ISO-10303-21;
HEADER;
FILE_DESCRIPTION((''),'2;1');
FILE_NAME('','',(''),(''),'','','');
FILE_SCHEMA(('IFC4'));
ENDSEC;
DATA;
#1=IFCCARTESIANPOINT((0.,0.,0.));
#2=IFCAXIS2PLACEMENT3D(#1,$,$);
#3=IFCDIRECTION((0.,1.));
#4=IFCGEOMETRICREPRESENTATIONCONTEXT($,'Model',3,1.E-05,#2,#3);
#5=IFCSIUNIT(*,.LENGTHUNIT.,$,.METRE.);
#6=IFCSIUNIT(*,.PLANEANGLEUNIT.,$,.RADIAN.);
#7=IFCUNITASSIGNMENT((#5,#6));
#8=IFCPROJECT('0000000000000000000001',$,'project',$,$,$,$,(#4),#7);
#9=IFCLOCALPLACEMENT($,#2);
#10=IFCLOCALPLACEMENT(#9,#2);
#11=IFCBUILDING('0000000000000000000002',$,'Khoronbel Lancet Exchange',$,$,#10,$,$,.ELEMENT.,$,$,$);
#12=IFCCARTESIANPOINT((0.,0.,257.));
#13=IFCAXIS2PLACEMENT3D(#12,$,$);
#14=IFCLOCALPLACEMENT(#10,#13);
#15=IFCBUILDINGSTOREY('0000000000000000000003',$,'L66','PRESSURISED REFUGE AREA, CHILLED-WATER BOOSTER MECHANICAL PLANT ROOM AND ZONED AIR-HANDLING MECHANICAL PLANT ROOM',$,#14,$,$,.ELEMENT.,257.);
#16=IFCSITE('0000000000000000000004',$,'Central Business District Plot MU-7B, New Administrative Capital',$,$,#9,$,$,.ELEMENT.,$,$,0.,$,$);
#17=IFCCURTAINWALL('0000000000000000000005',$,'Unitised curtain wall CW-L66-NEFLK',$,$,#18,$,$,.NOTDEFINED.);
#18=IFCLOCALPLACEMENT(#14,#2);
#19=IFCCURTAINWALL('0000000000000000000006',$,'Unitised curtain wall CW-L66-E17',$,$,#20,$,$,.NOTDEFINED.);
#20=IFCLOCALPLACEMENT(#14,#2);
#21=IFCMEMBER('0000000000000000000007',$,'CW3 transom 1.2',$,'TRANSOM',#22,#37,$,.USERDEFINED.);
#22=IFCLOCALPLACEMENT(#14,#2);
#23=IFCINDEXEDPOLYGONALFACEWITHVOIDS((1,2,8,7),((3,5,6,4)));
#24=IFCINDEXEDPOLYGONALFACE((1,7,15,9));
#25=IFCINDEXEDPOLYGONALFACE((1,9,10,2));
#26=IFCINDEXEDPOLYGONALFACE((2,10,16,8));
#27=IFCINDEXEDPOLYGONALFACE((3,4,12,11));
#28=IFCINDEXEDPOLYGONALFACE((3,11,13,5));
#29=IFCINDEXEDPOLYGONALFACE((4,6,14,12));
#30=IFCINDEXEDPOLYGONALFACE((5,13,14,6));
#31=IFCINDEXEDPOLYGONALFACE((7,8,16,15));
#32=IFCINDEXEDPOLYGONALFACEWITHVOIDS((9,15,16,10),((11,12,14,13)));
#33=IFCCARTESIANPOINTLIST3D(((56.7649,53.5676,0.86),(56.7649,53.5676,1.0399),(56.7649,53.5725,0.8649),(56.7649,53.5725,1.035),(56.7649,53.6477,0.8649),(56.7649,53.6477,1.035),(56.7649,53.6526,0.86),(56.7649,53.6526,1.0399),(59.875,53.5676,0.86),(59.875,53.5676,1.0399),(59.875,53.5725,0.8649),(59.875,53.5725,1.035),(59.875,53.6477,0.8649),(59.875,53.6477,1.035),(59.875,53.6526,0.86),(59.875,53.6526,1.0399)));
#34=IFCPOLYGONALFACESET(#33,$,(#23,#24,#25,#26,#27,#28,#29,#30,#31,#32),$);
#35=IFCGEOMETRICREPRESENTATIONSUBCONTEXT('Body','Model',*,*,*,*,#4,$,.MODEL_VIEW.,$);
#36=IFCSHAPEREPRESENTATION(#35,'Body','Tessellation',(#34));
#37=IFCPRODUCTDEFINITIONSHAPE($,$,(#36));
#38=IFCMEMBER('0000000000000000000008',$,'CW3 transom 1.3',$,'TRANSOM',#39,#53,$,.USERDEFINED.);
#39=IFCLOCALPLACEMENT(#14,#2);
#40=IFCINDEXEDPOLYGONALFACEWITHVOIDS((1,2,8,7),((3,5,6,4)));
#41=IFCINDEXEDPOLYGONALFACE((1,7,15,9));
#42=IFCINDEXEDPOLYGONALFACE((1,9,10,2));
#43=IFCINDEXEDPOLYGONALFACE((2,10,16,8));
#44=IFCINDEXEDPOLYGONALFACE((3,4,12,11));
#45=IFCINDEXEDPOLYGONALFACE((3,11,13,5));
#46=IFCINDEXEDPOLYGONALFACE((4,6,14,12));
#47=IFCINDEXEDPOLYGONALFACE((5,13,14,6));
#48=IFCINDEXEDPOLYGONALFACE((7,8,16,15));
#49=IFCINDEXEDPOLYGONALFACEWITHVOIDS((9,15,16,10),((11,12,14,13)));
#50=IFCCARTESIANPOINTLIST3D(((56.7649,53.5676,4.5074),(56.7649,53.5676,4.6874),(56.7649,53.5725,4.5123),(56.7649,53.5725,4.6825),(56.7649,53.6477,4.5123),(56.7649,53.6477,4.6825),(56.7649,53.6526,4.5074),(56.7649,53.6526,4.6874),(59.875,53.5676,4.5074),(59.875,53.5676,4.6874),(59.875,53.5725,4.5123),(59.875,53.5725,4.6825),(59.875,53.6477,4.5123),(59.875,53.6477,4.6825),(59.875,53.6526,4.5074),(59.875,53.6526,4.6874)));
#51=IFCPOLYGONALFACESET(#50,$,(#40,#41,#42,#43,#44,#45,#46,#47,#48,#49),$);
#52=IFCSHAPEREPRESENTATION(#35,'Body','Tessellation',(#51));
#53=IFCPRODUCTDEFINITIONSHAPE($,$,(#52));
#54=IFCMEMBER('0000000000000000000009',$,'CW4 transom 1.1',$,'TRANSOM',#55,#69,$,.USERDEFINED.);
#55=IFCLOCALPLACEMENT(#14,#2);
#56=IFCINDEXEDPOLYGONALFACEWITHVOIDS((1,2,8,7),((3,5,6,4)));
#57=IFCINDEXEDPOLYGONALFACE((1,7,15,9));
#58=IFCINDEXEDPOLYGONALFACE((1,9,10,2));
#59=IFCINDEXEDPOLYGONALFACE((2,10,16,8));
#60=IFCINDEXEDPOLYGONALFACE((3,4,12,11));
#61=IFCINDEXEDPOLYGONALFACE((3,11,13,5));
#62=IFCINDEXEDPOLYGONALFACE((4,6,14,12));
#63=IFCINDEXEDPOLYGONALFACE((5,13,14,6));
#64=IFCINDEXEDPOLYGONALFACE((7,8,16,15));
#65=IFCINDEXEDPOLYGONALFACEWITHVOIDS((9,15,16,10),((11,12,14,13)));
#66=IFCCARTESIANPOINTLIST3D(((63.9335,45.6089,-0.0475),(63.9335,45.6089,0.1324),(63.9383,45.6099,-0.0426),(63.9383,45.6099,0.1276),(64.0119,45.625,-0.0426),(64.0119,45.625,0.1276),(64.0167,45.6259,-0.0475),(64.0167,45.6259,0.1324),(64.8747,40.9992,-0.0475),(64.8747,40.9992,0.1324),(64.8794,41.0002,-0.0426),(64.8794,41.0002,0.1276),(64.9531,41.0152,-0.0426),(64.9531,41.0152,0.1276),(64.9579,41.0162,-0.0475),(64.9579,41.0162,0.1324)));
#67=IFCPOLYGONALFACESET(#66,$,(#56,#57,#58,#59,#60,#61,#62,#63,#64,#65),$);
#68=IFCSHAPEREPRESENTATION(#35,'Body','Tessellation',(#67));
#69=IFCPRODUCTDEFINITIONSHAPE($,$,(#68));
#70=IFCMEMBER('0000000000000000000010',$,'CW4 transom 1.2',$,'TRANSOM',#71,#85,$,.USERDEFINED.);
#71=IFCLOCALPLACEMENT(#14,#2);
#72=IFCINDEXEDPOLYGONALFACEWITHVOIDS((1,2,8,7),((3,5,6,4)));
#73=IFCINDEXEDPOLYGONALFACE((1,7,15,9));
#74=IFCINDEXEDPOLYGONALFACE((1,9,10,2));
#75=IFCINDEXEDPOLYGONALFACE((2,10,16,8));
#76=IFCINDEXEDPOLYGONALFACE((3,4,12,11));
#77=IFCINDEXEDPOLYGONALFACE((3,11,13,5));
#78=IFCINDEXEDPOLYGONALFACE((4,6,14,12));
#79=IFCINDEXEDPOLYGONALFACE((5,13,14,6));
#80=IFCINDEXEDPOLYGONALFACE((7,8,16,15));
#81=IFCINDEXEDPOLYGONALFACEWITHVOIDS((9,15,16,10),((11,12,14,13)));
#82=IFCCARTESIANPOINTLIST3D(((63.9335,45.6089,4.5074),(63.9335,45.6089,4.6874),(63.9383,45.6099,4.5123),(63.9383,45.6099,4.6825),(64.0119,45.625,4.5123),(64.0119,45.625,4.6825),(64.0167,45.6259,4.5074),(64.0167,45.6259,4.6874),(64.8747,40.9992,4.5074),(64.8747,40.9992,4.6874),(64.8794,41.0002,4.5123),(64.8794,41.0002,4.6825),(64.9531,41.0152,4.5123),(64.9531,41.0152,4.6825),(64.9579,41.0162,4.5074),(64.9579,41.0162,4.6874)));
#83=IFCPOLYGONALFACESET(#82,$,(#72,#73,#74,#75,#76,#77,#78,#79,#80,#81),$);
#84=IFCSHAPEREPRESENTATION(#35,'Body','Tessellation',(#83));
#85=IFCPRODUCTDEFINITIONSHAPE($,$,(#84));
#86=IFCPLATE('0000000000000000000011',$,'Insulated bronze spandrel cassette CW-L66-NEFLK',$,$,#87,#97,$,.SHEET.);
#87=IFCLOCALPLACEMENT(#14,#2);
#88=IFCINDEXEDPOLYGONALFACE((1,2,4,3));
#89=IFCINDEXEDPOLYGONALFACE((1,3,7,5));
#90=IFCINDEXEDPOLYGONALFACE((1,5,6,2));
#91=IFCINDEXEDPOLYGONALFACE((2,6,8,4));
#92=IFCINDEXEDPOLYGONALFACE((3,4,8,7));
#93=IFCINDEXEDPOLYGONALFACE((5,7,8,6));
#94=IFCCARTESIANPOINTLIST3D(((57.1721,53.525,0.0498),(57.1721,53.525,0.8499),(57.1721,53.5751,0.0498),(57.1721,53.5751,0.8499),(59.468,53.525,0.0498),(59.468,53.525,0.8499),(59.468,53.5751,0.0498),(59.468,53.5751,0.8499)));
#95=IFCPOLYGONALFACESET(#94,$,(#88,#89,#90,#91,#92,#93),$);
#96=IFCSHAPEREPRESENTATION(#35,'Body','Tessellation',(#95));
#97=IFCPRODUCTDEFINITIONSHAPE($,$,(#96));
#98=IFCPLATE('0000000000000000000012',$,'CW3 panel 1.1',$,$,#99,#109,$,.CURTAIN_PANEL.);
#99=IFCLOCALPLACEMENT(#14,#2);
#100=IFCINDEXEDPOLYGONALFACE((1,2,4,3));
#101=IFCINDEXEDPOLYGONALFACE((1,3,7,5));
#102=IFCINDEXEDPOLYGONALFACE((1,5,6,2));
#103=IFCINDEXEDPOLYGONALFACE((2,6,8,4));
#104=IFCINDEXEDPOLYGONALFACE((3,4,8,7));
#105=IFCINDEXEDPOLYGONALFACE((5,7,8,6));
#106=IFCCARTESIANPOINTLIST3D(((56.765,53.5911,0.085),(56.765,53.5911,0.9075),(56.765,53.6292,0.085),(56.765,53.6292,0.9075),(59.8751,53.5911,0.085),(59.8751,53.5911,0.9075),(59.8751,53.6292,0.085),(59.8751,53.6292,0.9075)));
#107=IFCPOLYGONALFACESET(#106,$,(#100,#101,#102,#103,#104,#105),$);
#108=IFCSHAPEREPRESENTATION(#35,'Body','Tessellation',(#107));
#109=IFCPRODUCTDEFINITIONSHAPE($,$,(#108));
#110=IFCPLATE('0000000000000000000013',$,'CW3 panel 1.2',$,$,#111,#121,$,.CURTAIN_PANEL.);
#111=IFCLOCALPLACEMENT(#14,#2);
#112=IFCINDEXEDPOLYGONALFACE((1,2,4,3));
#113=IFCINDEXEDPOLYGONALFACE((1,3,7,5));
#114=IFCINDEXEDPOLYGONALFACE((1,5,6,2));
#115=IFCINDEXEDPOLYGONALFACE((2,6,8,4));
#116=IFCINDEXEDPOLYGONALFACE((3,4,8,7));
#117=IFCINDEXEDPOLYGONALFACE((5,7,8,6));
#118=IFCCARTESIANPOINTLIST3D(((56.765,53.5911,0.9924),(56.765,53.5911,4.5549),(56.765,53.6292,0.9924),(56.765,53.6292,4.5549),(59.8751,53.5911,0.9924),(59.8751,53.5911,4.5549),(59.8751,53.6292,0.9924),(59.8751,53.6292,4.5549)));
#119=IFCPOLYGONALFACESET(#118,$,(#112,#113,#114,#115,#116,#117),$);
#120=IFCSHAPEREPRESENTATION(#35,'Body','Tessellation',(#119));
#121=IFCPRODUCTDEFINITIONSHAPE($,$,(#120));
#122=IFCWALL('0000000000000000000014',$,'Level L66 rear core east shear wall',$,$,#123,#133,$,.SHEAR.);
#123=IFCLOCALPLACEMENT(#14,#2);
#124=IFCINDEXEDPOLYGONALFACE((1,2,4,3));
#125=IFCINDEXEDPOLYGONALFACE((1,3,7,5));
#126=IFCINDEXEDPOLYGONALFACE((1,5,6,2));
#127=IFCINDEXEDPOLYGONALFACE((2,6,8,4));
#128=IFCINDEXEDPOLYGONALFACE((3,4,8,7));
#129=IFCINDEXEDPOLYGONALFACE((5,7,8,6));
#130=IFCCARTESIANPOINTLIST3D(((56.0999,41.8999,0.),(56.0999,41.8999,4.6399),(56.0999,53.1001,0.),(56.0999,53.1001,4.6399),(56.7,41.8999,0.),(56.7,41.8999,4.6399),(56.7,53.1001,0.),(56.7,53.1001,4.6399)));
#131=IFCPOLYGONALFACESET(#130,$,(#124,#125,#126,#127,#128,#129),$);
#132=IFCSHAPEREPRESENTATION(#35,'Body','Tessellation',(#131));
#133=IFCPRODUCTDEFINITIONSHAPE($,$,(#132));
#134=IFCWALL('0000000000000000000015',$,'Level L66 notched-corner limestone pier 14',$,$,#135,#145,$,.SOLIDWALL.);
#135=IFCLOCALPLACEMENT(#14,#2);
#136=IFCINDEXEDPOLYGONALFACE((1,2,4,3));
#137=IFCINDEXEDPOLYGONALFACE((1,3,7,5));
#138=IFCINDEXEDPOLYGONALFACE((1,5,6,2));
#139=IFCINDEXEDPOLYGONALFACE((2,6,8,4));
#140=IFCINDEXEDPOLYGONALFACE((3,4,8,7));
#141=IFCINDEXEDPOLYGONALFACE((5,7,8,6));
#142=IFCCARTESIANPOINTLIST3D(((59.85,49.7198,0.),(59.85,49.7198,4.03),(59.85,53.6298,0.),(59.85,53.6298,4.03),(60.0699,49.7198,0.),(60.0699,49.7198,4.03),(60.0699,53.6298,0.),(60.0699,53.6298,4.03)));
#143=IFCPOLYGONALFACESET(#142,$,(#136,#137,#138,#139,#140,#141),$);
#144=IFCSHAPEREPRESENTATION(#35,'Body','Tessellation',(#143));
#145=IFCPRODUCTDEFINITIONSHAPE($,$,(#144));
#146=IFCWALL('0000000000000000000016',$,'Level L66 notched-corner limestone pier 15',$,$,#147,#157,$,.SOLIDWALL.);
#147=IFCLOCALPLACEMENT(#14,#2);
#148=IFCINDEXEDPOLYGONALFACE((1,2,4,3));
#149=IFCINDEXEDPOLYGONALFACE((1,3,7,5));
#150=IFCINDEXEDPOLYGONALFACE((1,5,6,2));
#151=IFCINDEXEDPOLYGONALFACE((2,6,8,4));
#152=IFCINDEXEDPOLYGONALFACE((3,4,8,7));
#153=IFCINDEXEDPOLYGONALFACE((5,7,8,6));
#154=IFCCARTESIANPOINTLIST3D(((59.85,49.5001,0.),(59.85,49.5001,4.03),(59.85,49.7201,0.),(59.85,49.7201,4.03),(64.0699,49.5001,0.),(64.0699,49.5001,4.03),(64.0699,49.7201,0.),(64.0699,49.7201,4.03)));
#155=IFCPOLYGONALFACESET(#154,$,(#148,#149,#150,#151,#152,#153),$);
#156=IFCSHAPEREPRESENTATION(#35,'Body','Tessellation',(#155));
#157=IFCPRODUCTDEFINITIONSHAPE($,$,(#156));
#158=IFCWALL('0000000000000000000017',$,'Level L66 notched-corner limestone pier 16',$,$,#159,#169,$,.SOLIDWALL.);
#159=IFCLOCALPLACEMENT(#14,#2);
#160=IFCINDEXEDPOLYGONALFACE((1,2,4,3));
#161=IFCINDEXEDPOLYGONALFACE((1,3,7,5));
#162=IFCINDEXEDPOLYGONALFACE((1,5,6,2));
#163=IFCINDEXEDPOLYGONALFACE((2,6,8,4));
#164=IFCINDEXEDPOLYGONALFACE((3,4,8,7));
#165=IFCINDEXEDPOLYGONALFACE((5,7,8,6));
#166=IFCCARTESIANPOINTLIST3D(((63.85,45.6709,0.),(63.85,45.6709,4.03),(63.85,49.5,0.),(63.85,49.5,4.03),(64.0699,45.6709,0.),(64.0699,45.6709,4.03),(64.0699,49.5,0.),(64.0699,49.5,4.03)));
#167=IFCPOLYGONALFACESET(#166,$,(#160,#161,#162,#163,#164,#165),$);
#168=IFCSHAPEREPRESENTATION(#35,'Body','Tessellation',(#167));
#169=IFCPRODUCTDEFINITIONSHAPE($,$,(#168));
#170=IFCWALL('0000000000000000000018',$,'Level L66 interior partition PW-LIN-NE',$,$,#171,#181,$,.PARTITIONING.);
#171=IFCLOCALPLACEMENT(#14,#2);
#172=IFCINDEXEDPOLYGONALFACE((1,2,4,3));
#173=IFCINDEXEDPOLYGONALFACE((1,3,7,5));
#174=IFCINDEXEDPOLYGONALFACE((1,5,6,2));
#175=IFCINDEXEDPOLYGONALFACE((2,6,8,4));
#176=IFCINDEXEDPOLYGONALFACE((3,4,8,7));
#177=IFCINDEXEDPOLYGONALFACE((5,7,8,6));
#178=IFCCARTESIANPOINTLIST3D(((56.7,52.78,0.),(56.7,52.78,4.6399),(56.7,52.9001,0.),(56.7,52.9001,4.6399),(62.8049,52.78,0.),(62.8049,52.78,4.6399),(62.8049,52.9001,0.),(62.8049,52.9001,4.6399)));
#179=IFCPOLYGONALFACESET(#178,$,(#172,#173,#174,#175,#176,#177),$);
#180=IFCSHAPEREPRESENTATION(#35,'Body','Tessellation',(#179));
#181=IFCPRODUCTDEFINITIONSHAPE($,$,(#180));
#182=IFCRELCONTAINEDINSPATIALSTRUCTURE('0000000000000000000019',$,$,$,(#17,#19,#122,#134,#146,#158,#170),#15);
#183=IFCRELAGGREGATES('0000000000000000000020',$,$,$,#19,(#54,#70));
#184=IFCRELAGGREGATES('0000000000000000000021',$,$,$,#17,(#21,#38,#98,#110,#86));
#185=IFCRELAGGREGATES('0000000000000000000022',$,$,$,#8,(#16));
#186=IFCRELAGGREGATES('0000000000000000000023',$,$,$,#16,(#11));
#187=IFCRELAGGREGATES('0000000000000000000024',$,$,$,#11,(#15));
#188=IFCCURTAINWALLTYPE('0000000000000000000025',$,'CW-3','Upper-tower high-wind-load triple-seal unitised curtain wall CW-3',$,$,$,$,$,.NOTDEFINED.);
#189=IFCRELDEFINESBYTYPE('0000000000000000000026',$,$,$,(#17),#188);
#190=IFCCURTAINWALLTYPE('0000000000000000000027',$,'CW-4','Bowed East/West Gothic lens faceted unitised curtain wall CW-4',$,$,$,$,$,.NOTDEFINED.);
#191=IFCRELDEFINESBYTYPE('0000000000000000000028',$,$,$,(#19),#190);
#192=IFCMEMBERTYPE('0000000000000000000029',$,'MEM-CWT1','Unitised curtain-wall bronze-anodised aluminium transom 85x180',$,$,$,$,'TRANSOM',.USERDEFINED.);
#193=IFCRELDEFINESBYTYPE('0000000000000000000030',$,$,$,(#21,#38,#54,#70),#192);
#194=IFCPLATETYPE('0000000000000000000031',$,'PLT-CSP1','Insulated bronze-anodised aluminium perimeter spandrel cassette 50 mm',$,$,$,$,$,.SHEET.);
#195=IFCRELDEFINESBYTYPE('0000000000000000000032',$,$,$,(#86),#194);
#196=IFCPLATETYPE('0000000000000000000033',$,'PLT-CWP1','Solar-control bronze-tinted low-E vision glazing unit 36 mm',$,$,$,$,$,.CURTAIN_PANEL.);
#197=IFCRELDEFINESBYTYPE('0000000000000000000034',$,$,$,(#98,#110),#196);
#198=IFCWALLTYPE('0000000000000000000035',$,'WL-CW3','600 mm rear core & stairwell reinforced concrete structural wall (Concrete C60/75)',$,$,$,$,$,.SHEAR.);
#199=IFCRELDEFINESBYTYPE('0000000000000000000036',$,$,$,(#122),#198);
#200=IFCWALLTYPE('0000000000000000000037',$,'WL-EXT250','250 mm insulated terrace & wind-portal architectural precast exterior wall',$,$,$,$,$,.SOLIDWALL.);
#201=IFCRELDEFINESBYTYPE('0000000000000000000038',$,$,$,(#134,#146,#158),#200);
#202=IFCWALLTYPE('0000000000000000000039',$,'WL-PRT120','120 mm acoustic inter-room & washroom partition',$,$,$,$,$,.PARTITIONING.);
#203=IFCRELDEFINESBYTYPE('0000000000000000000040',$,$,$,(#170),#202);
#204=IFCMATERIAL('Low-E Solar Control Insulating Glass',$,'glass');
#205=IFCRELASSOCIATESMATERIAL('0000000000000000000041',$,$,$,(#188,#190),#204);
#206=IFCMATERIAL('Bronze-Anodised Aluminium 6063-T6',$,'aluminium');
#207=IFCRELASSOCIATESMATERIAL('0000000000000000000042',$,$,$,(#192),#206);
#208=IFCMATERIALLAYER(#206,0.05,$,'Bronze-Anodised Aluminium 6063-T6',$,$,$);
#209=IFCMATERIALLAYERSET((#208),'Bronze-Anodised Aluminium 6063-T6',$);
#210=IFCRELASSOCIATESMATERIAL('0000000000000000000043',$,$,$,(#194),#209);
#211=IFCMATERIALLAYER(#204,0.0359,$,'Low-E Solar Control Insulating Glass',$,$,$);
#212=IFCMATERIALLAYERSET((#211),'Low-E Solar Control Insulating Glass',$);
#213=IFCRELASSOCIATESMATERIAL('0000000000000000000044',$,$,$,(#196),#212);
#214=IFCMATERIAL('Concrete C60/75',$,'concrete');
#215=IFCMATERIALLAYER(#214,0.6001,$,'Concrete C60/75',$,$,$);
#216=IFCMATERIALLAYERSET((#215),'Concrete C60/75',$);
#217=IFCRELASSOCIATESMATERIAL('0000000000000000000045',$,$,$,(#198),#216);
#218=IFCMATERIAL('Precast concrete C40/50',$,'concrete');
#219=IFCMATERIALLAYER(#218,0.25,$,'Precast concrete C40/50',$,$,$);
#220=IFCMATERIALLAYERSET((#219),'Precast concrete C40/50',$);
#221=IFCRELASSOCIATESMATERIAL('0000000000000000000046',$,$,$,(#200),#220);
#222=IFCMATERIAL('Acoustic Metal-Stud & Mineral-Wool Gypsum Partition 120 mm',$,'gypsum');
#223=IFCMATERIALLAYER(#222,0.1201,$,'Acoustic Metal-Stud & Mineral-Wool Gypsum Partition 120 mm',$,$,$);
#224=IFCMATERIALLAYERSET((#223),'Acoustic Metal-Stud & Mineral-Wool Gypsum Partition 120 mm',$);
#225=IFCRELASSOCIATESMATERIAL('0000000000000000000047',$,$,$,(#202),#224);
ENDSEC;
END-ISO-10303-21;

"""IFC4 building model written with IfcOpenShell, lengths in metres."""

from ifc_helpers import new_model, si_unit, direction, frame, frame_2d, origin, origin_2d, place, context, subcontext, project, spatial, rectangle, hollow_rectangle, extrude, material, layer, layer_set, material_profile, profile_set, type_object, element, aggregate, save


model = new_model("IFC4")

# Units and contexts
model_context = context("Model", 3, precision=1e-05, world=origin(), true_north=direction((0.0, 1.0)))
body_context = subcontext(model_context, "Body", "Model", "MODEL_VIEW")
ifc_project = project(units=[si_unit("LENGTHUNIT", "METRE"), si_unit("PLANEANGLEUNIT", "RADIAN")], contexts=[model_context])

# Site, building, storey
site_placement = place(None, origin())
site = spatial("IfcSite", under=ifc_project, at=site_placement, Name="Central Business District Plot MU-7B, New Administrative Capital", CompositionType="ELEMENT", RefElevation=0.0)
building_placement = place(site_placement, origin())
building = spatial("IfcBuilding", under=site, at=building_placement, Name="Khoronbel Lancet Exchange", CompositionType="ELEMENT")
storey_placement = place(building_placement, frame((0.0, 0.0, 257.0)))
storey = spatial("IfcBuildingStorey", under=building, at=storey_placement, Name="L66", Description="PRESSURISED REFUGE AREA, CHILLED-WATER BOOSTER MECHANICAL PLANT ROOM AND ZONED AIR-HANDLING MECHANICAL PLANT ROOM", CompositionType="ELEMENT", Elevation=257.0)

# Curtain wall
ifc_material_1 = material(Name="Low-E Solar Control Insulating Glass", Category="glass")
curtain_wall_type_1 = type_object("IfcCurtainWallType", Name="CW-3", Description="Upper-tower high-wind-load triple-seal unitised curtain wall CW-3", PredefinedType="NOTDEFINED", material=ifc_material_1)
curtain_wall_1_placement = place(storey_placement, origin())
curtain_wall_1 = element("IfcCurtainWall", 1, at=curtain_wall_1_placement, inside=storey, type_object=curtain_wall_type_1, Name="Unitised curtain wall CW-L66-NEFLK", PredefinedType="NOTDEFINED")
ifc_material_2 = material(Name="Bronze-Anodised Aluminium 6063-T6", Category="aluminium")

# Curtain wall
curtain_wall_type_2 = type_object("IfcCurtainWallType", Name="CW-4", Description="Bowed East/West Gothic lens faceted unitised curtain wall CW-4", PredefinedType="NOTDEFINED", material=ifc_material_1)
curtain_wall_2_placement = place(storey_placement, origin())
curtain_wall_2 = element("IfcCurtainWall", 2, at=curtain_wall_2_placement, inside=storey, type_object=curtain_wall_type_2, Name="Unitised curtain wall CW-L66-E17", PredefinedType="NOTDEFINED")

# Members
ifc_material_profile_1 = material_profile(ifc_material_2, hollow_rectangle(XDim=0.085, YDim=0.1799, WallThickness=0.0049, at=origin_2d()), Name="ALU TRANSOM 85x180")
ifc_profile_set_1 = profile_set([ifc_material_profile_1], Name="Bronze-Anodised Aluminium 6063-T6")
member_type_1 = type_object("IfcMemberType", Name="MEM-CWT1", Description="Unitised curtain-wall bronze-anodised aluminium transom 85x180", ElementType="TRANSOM", PredefinedType="USERDEFINED", material=ifc_profile_set_1)
member_1_placement = place(storey_placement, frame((59.875, 53.6101, 0.95), z_axis=(-1.0, 0.0, 0.0), x_axis=(0.0, -1.0, 0.0)))
member_1 = element("IfcMember", 3, at=member_1_placement, type_object=member_type_1, Name="CW3 transom 1.2", ObjectType="TRANSOM", PredefinedType="USERDEFINED", context=body_context, shape_type="SweptSolid", body=[
    extrude(hollow_rectangle(XDim=0.085, YDim=0.1799, WallThickness=0.0049, at=origin_2d()), origin(), (0.0, 0.0, 1.0), 3.1101),
])
member_2_placement = place(storey_placement, frame((59.875, 53.6101, 4.5974), z_axis=(-1.0, 0.0, 0.0), x_axis=(0.0, -1.0, 0.0)))
member_2 = element("IfcMember", 4, at=member_2_placement, type_object=member_type_1, Name="CW3 transom 1.3", ObjectType="TRANSOM", PredefinedType="USERDEFINED", context=body_context, shape_type="SweptSolid", body=[
    extrude(hollow_rectangle(XDim=0.085, YDim=0.1799, WallThickness=0.0049, at=origin_2d()), origin(), (0.0, 0.0, 1.0), 3.1101),
])
member_3_placement = place(storey_placement, frame((63.9751, 45.6174, 0.0425), z_axis=(0.200046, -0.979786, 0.0), x_axis=(0.979786, 0.200046, 0.0)))
member_3 = element("IfcMember", 5, at=member_3_placement, type_object=member_type_1, Name="CW4 transom 1.1", ObjectType="TRANSOM", PredefinedType="USERDEFINED", context=body_context, shape_type="SweptSolid", body=[
    extrude(hollow_rectangle(XDim=0.085, YDim=0.1799, WallThickness=0.0049, at=origin_2d()), origin(), (0.0, 0.0, 1.0), 4.7048),
])
member_4_placement = place(storey_placement, frame((63.9751, 45.6174, 4.5974), z_axis=(0.200046, -0.979786, 0.0), x_axis=(0.979786, 0.200046, 0.0)))
member_4 = element("IfcMember", 6, at=member_4_placement, type_object=member_type_1, Name="CW4 transom 1.2", ObjectType="TRANSOM", PredefinedType="USERDEFINED", context=body_context, shape_type="SweptSolid", body=[
    extrude(hollow_rectangle(XDim=0.085, YDim=0.1799, WallThickness=0.0049, at=origin_2d()), origin(), (0.0, 0.0, 1.0), 4.7048),
])
aggregate(curtain_wall_2, [member_3, member_4])

# Plates
ifc_layer_1 = layer(ifc_material_2, 0.05, Name="Bronze-Anodised Aluminium 6063-T6")
ifc_layer_set_1 = layer_set([ifc_layer_1], Name="Bronze-Anodised Aluminium 6063-T6")
plate_type_1 = type_object("IfcPlateType", Name="PLT-CSP1", Description="Insulated bronze-anodised aluminium perimeter spandrel cassette 50 mm", PredefinedType="SHEET", material=ifc_layer_set_1)
plate_1_placement = place(storey_placement, frame((58.3201, 53.55, 0.0498), z_axis=(0.0, 0.0, 1.0), x_axis=(-1.0, 0.0, 0.0)))
plate_1 = element("IfcPlate", 7, at=plate_1_placement, type_object=plate_type_1, Name="Insulated bronze spandrel cassette CW-L66-NEFLK", PredefinedType="SHEET", context=body_context, shape_type="SweptSolid", body=[
    extrude(rectangle(XDim=2.2959, YDim=0.05, at=origin_2d()), origin(), (0.0, 0.0, 1.0), 0.8),
])
ifc_layer_2 = layer(ifc_material_1, 0.0359, Name="Low-E Solar Control Insulating Glass")
ifc_layer_set_2 = layer_set([ifc_layer_2], Name="Low-E Solar Control Insulating Glass")
plate_type_2 = type_object("IfcPlateType", Name="PLT-CWP1", Description="Solar-control bronze-tinted low-E vision glazing unit 36 mm", PredefinedType="CURTAIN_PANEL", material=ifc_layer_set_2)
plate_2_placement = place(storey_placement, frame((58.3201, 53.6101, 0.085), z_axis=(0.0, 0.0, 1.0), x_axis=(-1.0, 0.0, 0.0)))
plate_2 = element("IfcPlate", 8, at=plate_2_placement, type_object=plate_type_2, Name="CW3 panel 1.1", PredefinedType="CURTAIN_PANEL", context=body_context, shape_type="SweptSolid", body=[
    extrude(rectangle(XDim=3.1101, YDim=0.0381, at=origin_2d()), origin(), (0.0, 0.0, 1.0), 0.8225),
])
plate_3_placement = place(storey_placement, frame((58.3201, 53.6101, 0.9924), z_axis=(0.0, 0.0, 1.0), x_axis=(-1.0, 0.0, 0.0)))
plate_3 = element("IfcPlate", 9, at=plate_3_placement, type_object=plate_type_2, Name="CW3 panel 1.2", PredefinedType="CURTAIN_PANEL", context=body_context, shape_type="SweptSolid", body=[
    extrude(rectangle(XDim=3.1101, YDim=0.0381, at=origin_2d()), origin(), (0.0, 0.0, 1.0), 3.5625),
])
aggregate(curtain_wall_1, [member_1, member_2, plate_2, plate_3, plate_1])

# Walls
ifc_material_3 = material(Name="Concrete C60/75", Category="concrete")
ifc_layer_3 = layer(ifc_material_3, 0.6001, Name="Concrete C60/75")
ifc_layer_set_3 = layer_set([ifc_layer_3], Name="Concrete C60/75")
wall_type_1 = type_object("IfcWallType", Name="WL-CW3", Description="600 mm rear core & stairwell reinforced concrete structural wall (Concrete C60/75)", PredefinedType="SHEAR", material=ifc_layer_set_3)
wall_1_placement = place(storey_placement, frame((56.3999, 53.1001, 0.0), z_axis=(0.0, 0.0, 1.0), x_axis=(0.0, -1.0, 0.0)))
element("IfcWall", 10, at=wall_1_placement, inside=storey, type_object=wall_type_1, Name="Level L66 rear core east shear wall", PredefinedType="SHEAR", context=body_context, shape_type="SweptSolid", body=[
    extrude(rectangle(XDim=11.2002, YDim=0.6001, at=frame_2d((5.6001, 0.0))), origin(), (0.0, 0.0, 1.0), 4.6399),
])
ifc_material_4 = material(Name="Precast concrete C40/50", Category="concrete")
ifc_layer_4 = layer(ifc_material_4, 0.25, Name="Precast concrete C40/50")
ifc_layer_set_4 = layer_set([ifc_layer_4], Name="Precast concrete C40/50")
wall_type_2 = type_object("IfcWallType", Name="WL-EXT250", Description="250 mm insulated terrace & wind-portal architectural precast exterior wall", PredefinedType="SOLIDWALL", material=ifc_layer_set_4)
wall_2_placement = place(storey_placement, frame((59.96, 53.6299, 0.0), z_axis=(0.0, 0.0, 1.0), x_axis=(0.0, -1.0, 0.0)))
element("IfcWall", 11, at=wall_2_placement, inside=storey, type_object=wall_type_2, Name="Level L66 notched-corner limestone pier 14", PredefinedType="SOLIDWALL", context=body_context, shape_type="SweptSolid", body=[
    extrude(rectangle(XDim=3.9099, YDim=0.22, at=frame_2d((1.9551, 0.0))), origin(), (0.0, 0.0, 1.0), 4.03),
])
wall_3_placement = place(storey_placement, frame((59.8501, 49.6101, 0.0), z_axis=(0.0, 0.0, 1.0), x_axis=(1.0, 0.0, 0.0)))
element("IfcWall", 12, at=wall_3_placement, inside=storey, type_object=wall_type_2, Name="Level L66 notched-corner limestone pier 15", PredefinedType="SOLIDWALL", context=body_context, shape_type="SweptSolid", body=[
    extrude(rectangle(XDim=4.22, YDim=0.22, at=frame_2d((2.1099, 0.0))), origin(), (0.0, 0.0, 1.0), 4.03),
])
wall_4_placement = place(storey_placement, frame((63.96, 49.5, 0.0), z_axis=(0.0, 0.0, 1.0), x_axis=(0.0, -1.0, 0.0)))
element("IfcWall", 13, at=wall_4_placement, inside=storey, type_object=wall_type_2, Name="Level L66 notched-corner limestone pier 16", PredefinedType="SOLIDWALL", context=body_context, shape_type="SweptSolid", body=[
    extrude(rectangle(XDim=3.8291, YDim=0.22, at=frame_2d((1.9146, 0.0))), origin(), (0.0, 0.0, 1.0), 4.03),
])
ifc_material_5 = material(Name="Acoustic Metal-Stud & Mineral-Wool Gypsum Partition 120 mm", Category="gypsum")
ifc_layer_5 = layer(ifc_material_5, 0.1201, Name="Acoustic Metal-Stud & Mineral-Wool Gypsum Partition 120 mm")
ifc_layer_set_5 = layer_set([ifc_layer_5], Name="Acoustic Metal-Stud & Mineral-Wool Gypsum Partition 120 mm")
wall_type_3 = type_object("IfcWallType", Name="WL-PRT120", Description="120 mm acoustic inter-room & washroom partition", PredefinedType="PARTITIONING", material=ifc_layer_set_5)
wall_5_placement = place(storey_placement, frame((56.7, 52.8401, 0.0), z_axis=(0.0, 0.0, 1.0), x_axis=(1.0, 0.0, 0.0)))
element("IfcWall", 14, at=wall_5_placement, inside=storey, type_object=wall_type_3, Name="Level L66 interior partition PW-LIN-NE", PredefinedType="PARTITIONING", context=body_context, shape_type="SweptSolid", body=[
    extrude(rectangle(XDim=6.105, YDim=0.1201, at=frame_2d((3.0525, 0.0))), origin(), (0.0, 0.0, 1.0), 4.6399),
])

save(model, "model.ifc")
